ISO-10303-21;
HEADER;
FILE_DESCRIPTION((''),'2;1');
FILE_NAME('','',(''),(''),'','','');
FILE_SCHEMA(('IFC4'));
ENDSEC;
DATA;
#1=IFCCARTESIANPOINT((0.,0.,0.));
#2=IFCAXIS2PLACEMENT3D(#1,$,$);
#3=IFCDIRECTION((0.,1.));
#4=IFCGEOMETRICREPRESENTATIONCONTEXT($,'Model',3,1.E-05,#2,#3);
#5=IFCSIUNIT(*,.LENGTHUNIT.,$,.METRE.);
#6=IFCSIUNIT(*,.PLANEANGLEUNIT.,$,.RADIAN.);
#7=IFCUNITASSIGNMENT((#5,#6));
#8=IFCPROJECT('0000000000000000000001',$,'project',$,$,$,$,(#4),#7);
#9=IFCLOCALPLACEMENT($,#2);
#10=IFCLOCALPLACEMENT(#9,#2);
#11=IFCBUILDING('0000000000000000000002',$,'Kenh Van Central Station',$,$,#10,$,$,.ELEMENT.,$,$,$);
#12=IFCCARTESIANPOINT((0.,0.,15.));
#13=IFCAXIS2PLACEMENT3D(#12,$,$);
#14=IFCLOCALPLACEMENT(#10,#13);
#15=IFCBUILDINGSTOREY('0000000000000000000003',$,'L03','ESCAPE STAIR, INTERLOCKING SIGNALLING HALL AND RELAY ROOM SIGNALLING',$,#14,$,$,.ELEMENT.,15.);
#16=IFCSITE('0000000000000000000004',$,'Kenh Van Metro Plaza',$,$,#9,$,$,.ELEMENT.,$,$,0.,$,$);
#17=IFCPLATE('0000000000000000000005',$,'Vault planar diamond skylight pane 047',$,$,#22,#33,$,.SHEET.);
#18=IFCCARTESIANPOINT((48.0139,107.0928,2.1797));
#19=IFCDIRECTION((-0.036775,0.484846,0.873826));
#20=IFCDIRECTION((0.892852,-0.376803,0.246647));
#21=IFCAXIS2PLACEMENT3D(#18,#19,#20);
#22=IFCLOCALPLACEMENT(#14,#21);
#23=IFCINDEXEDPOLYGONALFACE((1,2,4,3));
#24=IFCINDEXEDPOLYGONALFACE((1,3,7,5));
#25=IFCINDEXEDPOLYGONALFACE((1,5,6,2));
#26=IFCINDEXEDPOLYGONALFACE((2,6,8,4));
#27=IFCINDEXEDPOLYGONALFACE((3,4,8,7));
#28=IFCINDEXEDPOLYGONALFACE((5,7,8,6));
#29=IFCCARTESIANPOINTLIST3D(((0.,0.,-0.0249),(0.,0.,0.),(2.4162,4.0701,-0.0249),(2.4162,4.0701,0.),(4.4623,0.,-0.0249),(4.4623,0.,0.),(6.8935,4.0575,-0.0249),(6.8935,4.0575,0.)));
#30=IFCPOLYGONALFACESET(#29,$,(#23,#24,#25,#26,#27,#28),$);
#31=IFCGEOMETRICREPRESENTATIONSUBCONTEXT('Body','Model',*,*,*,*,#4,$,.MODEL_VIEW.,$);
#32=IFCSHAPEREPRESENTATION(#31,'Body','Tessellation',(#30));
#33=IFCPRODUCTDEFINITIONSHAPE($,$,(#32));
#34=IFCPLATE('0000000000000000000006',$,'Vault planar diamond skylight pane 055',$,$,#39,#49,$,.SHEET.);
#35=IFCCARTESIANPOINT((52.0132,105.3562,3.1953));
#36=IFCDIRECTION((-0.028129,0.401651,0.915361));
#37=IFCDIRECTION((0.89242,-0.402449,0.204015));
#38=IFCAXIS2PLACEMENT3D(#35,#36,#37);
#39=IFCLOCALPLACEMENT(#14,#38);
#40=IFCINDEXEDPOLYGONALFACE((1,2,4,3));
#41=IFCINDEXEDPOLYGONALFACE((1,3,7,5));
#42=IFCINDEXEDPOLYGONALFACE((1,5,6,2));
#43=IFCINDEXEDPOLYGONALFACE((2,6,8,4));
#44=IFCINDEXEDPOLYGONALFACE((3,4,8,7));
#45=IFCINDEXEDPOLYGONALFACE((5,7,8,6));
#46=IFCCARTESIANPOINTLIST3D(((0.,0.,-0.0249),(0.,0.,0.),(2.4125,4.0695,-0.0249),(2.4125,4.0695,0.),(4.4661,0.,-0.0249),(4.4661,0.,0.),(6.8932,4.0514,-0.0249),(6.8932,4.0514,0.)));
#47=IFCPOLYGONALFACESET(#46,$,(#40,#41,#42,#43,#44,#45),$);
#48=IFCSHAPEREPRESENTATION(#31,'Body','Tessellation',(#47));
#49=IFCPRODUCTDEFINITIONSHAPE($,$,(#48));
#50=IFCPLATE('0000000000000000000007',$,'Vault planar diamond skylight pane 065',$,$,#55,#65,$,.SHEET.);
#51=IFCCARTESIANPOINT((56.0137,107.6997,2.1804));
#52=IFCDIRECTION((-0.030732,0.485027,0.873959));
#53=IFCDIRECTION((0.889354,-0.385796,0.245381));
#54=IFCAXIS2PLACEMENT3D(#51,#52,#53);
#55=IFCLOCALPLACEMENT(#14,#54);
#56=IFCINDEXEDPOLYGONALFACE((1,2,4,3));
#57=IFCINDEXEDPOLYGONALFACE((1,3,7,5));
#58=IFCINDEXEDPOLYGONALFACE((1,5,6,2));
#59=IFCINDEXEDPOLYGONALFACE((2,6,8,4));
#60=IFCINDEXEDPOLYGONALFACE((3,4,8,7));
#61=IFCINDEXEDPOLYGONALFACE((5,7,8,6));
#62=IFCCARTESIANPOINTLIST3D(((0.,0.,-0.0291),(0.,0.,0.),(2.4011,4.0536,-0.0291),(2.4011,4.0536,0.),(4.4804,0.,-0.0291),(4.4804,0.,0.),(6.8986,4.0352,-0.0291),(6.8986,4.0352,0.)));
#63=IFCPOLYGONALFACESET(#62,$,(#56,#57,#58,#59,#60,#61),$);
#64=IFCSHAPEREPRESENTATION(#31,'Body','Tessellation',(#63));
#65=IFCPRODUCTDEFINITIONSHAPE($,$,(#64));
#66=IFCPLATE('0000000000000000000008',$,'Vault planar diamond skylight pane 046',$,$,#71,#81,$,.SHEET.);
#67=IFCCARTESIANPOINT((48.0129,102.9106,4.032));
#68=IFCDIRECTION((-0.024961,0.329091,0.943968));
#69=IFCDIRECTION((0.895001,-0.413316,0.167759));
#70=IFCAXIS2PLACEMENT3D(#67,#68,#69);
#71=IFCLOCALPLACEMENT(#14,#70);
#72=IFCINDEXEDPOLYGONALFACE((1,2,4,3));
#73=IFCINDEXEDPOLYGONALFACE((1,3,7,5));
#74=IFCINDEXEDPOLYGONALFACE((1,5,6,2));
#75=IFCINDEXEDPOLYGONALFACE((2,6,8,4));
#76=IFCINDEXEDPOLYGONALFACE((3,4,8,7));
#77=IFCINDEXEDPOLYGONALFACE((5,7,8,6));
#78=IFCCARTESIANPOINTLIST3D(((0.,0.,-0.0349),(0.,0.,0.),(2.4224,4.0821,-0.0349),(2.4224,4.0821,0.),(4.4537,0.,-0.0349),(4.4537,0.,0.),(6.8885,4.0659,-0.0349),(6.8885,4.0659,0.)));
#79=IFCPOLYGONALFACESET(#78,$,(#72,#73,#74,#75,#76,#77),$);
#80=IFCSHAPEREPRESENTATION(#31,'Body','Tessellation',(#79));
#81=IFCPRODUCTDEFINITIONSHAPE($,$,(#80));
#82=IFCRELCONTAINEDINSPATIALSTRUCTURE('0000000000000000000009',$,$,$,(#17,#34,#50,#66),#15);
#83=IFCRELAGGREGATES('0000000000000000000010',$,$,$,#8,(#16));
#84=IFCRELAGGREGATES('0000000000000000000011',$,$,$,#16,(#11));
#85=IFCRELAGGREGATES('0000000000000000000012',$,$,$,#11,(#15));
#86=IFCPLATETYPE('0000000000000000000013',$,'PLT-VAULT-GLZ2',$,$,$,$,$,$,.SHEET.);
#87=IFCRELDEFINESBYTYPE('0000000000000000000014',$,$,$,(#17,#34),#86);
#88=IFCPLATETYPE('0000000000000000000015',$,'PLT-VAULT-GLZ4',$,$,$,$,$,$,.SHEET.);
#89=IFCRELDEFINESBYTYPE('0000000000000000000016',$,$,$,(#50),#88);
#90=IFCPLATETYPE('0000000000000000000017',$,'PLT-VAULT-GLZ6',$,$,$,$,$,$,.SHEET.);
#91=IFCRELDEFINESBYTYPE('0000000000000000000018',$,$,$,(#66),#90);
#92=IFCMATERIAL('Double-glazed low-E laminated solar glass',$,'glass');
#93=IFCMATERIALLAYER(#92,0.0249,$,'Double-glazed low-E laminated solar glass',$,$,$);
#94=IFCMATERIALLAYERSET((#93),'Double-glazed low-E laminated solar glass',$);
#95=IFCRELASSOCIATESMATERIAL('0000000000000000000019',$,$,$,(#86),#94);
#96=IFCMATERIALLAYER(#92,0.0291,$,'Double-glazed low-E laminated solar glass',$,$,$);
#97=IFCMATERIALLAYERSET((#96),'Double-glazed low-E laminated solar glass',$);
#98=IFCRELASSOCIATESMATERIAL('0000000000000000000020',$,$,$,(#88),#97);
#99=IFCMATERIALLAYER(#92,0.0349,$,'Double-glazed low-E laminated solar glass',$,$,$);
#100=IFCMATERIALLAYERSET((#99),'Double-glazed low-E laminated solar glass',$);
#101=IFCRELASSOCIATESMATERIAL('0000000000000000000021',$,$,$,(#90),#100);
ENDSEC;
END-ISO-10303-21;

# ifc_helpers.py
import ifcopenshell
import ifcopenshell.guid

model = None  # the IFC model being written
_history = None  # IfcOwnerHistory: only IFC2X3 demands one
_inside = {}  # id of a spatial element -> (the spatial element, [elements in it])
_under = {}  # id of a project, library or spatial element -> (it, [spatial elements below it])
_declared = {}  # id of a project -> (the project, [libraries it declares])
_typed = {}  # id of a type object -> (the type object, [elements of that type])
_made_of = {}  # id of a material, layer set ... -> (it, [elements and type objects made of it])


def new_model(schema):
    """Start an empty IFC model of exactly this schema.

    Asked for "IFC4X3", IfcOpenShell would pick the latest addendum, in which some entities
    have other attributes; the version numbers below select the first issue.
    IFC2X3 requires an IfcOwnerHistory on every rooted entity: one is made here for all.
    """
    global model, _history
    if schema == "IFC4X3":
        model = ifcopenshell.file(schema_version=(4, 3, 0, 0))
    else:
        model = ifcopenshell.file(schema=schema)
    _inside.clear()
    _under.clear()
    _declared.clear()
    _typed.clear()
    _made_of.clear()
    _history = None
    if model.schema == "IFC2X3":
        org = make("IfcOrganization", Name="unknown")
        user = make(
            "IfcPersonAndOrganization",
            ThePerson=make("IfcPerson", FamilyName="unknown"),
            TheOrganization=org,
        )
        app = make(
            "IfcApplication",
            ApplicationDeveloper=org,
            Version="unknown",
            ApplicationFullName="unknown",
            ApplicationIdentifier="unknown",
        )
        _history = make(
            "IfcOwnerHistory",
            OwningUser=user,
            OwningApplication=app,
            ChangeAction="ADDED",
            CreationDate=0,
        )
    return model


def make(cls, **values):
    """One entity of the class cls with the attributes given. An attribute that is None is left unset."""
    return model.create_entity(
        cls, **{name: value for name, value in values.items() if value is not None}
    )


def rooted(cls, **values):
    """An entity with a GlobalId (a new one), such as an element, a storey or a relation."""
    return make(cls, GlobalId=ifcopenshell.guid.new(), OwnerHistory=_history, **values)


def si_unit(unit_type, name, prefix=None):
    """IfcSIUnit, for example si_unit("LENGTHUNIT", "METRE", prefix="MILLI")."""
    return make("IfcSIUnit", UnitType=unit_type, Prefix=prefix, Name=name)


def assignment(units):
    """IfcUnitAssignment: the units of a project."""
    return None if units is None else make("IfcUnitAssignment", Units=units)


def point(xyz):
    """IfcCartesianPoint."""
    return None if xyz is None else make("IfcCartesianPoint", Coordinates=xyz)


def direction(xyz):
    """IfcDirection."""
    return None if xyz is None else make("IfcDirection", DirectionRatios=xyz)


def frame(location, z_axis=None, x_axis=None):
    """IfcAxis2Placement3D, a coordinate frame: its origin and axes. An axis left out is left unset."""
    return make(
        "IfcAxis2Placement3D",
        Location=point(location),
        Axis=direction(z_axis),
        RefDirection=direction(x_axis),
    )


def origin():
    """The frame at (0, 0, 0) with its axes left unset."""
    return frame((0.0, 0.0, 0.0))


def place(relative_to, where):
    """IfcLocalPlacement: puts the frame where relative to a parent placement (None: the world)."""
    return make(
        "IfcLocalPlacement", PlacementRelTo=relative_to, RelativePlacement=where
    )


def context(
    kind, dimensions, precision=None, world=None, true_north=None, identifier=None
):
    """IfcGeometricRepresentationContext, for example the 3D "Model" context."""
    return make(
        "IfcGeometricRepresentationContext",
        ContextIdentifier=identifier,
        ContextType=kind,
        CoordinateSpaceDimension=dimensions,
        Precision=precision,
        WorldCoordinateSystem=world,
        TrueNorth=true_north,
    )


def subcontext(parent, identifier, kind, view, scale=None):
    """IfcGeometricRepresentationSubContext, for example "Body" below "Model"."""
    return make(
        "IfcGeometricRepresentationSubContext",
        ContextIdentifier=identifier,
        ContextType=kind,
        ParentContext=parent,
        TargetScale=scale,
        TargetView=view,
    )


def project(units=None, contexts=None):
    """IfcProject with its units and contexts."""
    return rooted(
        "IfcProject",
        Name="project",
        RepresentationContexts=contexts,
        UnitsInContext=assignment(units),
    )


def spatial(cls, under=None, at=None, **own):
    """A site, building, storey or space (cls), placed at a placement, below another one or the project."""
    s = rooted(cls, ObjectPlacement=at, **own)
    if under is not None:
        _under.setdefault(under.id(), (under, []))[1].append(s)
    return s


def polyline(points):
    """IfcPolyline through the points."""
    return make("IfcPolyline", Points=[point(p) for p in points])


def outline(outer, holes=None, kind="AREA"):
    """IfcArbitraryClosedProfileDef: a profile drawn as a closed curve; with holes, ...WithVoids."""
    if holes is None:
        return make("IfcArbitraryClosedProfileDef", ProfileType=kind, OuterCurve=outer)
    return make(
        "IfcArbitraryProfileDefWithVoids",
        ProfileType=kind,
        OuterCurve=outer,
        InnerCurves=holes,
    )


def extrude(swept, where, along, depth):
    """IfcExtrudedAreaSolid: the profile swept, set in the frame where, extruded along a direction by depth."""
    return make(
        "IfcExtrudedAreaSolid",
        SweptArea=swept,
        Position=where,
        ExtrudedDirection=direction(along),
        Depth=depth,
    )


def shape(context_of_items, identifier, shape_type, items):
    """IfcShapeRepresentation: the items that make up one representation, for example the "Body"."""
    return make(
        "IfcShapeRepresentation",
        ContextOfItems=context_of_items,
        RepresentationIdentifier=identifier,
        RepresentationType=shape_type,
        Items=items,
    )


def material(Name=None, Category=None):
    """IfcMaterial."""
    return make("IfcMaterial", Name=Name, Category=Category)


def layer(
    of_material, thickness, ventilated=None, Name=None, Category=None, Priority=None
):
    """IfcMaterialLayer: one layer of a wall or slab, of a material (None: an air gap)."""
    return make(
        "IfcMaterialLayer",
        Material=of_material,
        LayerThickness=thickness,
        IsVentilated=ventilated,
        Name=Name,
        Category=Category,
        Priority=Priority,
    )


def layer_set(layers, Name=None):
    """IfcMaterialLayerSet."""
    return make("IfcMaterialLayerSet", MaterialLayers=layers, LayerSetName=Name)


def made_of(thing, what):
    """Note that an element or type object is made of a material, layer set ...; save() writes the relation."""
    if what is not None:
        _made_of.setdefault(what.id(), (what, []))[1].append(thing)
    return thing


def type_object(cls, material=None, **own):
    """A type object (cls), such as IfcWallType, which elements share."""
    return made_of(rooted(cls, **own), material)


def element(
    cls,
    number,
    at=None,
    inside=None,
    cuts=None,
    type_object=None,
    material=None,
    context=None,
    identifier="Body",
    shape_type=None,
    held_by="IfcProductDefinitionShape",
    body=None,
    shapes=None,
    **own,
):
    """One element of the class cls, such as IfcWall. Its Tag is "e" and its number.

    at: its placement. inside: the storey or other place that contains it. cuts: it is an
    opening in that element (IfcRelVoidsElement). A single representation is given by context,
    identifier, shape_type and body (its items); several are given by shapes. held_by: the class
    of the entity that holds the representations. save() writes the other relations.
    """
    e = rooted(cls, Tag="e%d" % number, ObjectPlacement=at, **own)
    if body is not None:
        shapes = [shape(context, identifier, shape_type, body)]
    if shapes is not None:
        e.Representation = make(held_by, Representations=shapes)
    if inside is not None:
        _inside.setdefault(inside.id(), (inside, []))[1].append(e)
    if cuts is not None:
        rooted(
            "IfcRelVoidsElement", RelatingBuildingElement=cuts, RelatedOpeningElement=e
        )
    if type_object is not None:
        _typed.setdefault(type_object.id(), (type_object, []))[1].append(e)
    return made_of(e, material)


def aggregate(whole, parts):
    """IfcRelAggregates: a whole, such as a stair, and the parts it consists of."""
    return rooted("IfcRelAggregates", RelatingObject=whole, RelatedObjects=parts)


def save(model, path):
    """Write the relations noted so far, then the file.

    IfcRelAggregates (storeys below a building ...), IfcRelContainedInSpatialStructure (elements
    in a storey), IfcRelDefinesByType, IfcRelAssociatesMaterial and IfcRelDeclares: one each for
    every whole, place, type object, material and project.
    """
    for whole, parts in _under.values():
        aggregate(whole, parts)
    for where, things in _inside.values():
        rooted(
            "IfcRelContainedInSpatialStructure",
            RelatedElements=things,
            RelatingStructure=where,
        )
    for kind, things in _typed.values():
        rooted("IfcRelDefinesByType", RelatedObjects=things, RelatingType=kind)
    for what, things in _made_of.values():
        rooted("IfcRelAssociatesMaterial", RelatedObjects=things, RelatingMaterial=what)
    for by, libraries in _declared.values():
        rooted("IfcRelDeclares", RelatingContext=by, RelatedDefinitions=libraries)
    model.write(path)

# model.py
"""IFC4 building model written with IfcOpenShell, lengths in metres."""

from ifc_helpers import new_model, si_unit, direction, frame, origin, place, context, subcontext, project, spatial, polyline, outline, extrude, material, layer, layer_set, type_object, element, save


model = new_model("IFC4")

# Units and contexts
model_context = context("Model", 3, precision=1e-05, world=origin(), true_north=direction((0.0, 1.0)))
body_context = subcontext(model_context, "Body", "Model", "MODEL_VIEW")
ifc_project = project(units=[si_unit("LENGTHUNIT", "METRE"), si_unit("PLANEANGLEUNIT", "RADIAN")], contexts=[model_context])

# Site, building, storey
site_placement = place(None, origin())
site = spatial("IfcSite", under=ifc_project, at=site_placement, Name="Kenh Van Metro Plaza", CompositionType="ELEMENT", RefElevation=0.0)
building_placement = place(site_placement, origin())
building = spatial("IfcBuilding", under=site, at=building_placement, Name="Kenh Van Central Station", CompositionType="ELEMENT")
storey_placement = place(building_placement, frame((0.0, 0.0, 15.0)))
storey = spatial("IfcBuildingStorey", under=building, at=storey_placement, Name="L03", Description="ESCAPE STAIR, INTERLOCKING SIGNALLING HALL AND RELAY ROOM SIGNALLING", CompositionType="ELEMENT", Elevation=15.0)

# Plates
ifc_material_1 = material(Name="Double-glazed low-E laminated solar glass", Category="glass")
ifc_layer_1 = layer(ifc_material_1, 0.0249, Name="Double-glazed low-E laminated solar glass")
ifc_layer_set_1 = layer_set([ifc_layer_1], Name="Double-glazed low-E laminated solar glass")
plate_type_1 = type_object("IfcPlateType", Name="PLT-VAULT-GLZ2", PredefinedType="SHEET", material=ifc_layer_set_1)
plate_1_placement = place(storey_placement, frame((48.0139, 107.0928, 2.1797), z_axis=(-0.036775, 0.484846, 0.873826), x_axis=(0.892852, -0.376803, 0.246647)))
element("IfcPlate", 1, at=plate_1_placement, inside=storey, type_object=plate_type_1, Name="Vault planar diamond skylight pane 047", PredefinedType="SHEET", context=body_context, shape_type="SweptSolid", body=[
    extrude(outline(polyline([(0.0, 0.0), (4.4623, 0.0), (6.8935, 4.0575), (2.4162, 4.0701), (0.0, 0.0)])), origin(), (0.0, 0.0, -1.0), 0.0249),
])
plate_2_placement = place(storey_placement, frame((52.0132, 105.3562, 3.1953), z_axis=(-0.028129, 0.401651, 0.915361), x_axis=(0.89242, -0.402449, 0.204015)))
element("IfcPlate", 2, at=plate_2_placement, inside=storey, type_object=plate_type_1, Name="Vault planar diamond skylight pane 055", PredefinedType="SHEET", context=body_context, shape_type="SweptSolid", body=[
    extrude(outline(polyline([(0.0, 0.0), (4.4661, 0.0), (6.8932, 4.0514), (2.4125, 4.0695), (0.0, 0.0)])), origin(), (0.0, 0.0, -1.0), 0.0249),
])
ifc_layer_2 = layer(ifc_material_1, 0.0291, Name="Double-glazed low-E laminated solar glass")
ifc_layer_set_2 = layer_set([ifc_layer_2], Name="Double-glazed low-E laminated solar glass")
plate_type_2 = type_object("IfcPlateType", Name="PLT-VAULT-GLZ4", PredefinedType="SHEET", material=ifc_layer_set_2)
plate_3_placement = place(storey_placement, frame((56.0137, 107.6997, 2.1804), z_axis=(-0.030732, 0.485027, 0.873959), x_axis=(0.889354, -0.385796, 0.245381)))
element("IfcPlate", 3, at=plate_3_placement, inside=storey, type_object=plate_type_2, Name="Vault planar diamond skylight pane 065", PredefinedType="SHEET", context=body_context, shape_type="SweptSolid", body=[
    extrude(outline(polyline([(0.0, 0.0), (4.4804, 0.0), (6.8986, 4.0352), (2.4011, 4.0536), (0.0, 0.0)])), origin(), (0.0, 0.0, -1.0), 0.0291),
])
ifc_layer_3 = layer(ifc_material_1, 0.0349, Name="Double-glazed low-E laminated solar glass")
ifc_layer_set_3 = layer_set([ifc_layer_3], Name="Double-glazed low-E laminated solar glass")
plate_type_3 = type_object("IfcPlateType", Name="PLT-VAULT-GLZ6", PredefinedType="SHEET", material=ifc_layer_set_3)
plate_4_placement = place(storey_placement, frame((48.0129, 102.9106, 4.032), z_axis=(-0.024961, 0.329091, 0.943968), x_axis=(0.895001, -0.413316, 0.167759)))
element("IfcPlate", 4, at=plate_4_placement, inside=storey, type_object=plate_type_3, Name="Vault planar diamond skylight pane 046", PredefinedType="SHEET", context=body_context, shape_type="SweptSolid", body=[
    extrude(outline(polyline([(0.0, 0.0), (4.4537, 0.0), (6.8885, 4.0659), (2.4224, 4.0821), (0.0, 0.0)])), origin(), (0.0, 0.0, -1.0), 0.0349),
])

save(model, "model.ifc")
